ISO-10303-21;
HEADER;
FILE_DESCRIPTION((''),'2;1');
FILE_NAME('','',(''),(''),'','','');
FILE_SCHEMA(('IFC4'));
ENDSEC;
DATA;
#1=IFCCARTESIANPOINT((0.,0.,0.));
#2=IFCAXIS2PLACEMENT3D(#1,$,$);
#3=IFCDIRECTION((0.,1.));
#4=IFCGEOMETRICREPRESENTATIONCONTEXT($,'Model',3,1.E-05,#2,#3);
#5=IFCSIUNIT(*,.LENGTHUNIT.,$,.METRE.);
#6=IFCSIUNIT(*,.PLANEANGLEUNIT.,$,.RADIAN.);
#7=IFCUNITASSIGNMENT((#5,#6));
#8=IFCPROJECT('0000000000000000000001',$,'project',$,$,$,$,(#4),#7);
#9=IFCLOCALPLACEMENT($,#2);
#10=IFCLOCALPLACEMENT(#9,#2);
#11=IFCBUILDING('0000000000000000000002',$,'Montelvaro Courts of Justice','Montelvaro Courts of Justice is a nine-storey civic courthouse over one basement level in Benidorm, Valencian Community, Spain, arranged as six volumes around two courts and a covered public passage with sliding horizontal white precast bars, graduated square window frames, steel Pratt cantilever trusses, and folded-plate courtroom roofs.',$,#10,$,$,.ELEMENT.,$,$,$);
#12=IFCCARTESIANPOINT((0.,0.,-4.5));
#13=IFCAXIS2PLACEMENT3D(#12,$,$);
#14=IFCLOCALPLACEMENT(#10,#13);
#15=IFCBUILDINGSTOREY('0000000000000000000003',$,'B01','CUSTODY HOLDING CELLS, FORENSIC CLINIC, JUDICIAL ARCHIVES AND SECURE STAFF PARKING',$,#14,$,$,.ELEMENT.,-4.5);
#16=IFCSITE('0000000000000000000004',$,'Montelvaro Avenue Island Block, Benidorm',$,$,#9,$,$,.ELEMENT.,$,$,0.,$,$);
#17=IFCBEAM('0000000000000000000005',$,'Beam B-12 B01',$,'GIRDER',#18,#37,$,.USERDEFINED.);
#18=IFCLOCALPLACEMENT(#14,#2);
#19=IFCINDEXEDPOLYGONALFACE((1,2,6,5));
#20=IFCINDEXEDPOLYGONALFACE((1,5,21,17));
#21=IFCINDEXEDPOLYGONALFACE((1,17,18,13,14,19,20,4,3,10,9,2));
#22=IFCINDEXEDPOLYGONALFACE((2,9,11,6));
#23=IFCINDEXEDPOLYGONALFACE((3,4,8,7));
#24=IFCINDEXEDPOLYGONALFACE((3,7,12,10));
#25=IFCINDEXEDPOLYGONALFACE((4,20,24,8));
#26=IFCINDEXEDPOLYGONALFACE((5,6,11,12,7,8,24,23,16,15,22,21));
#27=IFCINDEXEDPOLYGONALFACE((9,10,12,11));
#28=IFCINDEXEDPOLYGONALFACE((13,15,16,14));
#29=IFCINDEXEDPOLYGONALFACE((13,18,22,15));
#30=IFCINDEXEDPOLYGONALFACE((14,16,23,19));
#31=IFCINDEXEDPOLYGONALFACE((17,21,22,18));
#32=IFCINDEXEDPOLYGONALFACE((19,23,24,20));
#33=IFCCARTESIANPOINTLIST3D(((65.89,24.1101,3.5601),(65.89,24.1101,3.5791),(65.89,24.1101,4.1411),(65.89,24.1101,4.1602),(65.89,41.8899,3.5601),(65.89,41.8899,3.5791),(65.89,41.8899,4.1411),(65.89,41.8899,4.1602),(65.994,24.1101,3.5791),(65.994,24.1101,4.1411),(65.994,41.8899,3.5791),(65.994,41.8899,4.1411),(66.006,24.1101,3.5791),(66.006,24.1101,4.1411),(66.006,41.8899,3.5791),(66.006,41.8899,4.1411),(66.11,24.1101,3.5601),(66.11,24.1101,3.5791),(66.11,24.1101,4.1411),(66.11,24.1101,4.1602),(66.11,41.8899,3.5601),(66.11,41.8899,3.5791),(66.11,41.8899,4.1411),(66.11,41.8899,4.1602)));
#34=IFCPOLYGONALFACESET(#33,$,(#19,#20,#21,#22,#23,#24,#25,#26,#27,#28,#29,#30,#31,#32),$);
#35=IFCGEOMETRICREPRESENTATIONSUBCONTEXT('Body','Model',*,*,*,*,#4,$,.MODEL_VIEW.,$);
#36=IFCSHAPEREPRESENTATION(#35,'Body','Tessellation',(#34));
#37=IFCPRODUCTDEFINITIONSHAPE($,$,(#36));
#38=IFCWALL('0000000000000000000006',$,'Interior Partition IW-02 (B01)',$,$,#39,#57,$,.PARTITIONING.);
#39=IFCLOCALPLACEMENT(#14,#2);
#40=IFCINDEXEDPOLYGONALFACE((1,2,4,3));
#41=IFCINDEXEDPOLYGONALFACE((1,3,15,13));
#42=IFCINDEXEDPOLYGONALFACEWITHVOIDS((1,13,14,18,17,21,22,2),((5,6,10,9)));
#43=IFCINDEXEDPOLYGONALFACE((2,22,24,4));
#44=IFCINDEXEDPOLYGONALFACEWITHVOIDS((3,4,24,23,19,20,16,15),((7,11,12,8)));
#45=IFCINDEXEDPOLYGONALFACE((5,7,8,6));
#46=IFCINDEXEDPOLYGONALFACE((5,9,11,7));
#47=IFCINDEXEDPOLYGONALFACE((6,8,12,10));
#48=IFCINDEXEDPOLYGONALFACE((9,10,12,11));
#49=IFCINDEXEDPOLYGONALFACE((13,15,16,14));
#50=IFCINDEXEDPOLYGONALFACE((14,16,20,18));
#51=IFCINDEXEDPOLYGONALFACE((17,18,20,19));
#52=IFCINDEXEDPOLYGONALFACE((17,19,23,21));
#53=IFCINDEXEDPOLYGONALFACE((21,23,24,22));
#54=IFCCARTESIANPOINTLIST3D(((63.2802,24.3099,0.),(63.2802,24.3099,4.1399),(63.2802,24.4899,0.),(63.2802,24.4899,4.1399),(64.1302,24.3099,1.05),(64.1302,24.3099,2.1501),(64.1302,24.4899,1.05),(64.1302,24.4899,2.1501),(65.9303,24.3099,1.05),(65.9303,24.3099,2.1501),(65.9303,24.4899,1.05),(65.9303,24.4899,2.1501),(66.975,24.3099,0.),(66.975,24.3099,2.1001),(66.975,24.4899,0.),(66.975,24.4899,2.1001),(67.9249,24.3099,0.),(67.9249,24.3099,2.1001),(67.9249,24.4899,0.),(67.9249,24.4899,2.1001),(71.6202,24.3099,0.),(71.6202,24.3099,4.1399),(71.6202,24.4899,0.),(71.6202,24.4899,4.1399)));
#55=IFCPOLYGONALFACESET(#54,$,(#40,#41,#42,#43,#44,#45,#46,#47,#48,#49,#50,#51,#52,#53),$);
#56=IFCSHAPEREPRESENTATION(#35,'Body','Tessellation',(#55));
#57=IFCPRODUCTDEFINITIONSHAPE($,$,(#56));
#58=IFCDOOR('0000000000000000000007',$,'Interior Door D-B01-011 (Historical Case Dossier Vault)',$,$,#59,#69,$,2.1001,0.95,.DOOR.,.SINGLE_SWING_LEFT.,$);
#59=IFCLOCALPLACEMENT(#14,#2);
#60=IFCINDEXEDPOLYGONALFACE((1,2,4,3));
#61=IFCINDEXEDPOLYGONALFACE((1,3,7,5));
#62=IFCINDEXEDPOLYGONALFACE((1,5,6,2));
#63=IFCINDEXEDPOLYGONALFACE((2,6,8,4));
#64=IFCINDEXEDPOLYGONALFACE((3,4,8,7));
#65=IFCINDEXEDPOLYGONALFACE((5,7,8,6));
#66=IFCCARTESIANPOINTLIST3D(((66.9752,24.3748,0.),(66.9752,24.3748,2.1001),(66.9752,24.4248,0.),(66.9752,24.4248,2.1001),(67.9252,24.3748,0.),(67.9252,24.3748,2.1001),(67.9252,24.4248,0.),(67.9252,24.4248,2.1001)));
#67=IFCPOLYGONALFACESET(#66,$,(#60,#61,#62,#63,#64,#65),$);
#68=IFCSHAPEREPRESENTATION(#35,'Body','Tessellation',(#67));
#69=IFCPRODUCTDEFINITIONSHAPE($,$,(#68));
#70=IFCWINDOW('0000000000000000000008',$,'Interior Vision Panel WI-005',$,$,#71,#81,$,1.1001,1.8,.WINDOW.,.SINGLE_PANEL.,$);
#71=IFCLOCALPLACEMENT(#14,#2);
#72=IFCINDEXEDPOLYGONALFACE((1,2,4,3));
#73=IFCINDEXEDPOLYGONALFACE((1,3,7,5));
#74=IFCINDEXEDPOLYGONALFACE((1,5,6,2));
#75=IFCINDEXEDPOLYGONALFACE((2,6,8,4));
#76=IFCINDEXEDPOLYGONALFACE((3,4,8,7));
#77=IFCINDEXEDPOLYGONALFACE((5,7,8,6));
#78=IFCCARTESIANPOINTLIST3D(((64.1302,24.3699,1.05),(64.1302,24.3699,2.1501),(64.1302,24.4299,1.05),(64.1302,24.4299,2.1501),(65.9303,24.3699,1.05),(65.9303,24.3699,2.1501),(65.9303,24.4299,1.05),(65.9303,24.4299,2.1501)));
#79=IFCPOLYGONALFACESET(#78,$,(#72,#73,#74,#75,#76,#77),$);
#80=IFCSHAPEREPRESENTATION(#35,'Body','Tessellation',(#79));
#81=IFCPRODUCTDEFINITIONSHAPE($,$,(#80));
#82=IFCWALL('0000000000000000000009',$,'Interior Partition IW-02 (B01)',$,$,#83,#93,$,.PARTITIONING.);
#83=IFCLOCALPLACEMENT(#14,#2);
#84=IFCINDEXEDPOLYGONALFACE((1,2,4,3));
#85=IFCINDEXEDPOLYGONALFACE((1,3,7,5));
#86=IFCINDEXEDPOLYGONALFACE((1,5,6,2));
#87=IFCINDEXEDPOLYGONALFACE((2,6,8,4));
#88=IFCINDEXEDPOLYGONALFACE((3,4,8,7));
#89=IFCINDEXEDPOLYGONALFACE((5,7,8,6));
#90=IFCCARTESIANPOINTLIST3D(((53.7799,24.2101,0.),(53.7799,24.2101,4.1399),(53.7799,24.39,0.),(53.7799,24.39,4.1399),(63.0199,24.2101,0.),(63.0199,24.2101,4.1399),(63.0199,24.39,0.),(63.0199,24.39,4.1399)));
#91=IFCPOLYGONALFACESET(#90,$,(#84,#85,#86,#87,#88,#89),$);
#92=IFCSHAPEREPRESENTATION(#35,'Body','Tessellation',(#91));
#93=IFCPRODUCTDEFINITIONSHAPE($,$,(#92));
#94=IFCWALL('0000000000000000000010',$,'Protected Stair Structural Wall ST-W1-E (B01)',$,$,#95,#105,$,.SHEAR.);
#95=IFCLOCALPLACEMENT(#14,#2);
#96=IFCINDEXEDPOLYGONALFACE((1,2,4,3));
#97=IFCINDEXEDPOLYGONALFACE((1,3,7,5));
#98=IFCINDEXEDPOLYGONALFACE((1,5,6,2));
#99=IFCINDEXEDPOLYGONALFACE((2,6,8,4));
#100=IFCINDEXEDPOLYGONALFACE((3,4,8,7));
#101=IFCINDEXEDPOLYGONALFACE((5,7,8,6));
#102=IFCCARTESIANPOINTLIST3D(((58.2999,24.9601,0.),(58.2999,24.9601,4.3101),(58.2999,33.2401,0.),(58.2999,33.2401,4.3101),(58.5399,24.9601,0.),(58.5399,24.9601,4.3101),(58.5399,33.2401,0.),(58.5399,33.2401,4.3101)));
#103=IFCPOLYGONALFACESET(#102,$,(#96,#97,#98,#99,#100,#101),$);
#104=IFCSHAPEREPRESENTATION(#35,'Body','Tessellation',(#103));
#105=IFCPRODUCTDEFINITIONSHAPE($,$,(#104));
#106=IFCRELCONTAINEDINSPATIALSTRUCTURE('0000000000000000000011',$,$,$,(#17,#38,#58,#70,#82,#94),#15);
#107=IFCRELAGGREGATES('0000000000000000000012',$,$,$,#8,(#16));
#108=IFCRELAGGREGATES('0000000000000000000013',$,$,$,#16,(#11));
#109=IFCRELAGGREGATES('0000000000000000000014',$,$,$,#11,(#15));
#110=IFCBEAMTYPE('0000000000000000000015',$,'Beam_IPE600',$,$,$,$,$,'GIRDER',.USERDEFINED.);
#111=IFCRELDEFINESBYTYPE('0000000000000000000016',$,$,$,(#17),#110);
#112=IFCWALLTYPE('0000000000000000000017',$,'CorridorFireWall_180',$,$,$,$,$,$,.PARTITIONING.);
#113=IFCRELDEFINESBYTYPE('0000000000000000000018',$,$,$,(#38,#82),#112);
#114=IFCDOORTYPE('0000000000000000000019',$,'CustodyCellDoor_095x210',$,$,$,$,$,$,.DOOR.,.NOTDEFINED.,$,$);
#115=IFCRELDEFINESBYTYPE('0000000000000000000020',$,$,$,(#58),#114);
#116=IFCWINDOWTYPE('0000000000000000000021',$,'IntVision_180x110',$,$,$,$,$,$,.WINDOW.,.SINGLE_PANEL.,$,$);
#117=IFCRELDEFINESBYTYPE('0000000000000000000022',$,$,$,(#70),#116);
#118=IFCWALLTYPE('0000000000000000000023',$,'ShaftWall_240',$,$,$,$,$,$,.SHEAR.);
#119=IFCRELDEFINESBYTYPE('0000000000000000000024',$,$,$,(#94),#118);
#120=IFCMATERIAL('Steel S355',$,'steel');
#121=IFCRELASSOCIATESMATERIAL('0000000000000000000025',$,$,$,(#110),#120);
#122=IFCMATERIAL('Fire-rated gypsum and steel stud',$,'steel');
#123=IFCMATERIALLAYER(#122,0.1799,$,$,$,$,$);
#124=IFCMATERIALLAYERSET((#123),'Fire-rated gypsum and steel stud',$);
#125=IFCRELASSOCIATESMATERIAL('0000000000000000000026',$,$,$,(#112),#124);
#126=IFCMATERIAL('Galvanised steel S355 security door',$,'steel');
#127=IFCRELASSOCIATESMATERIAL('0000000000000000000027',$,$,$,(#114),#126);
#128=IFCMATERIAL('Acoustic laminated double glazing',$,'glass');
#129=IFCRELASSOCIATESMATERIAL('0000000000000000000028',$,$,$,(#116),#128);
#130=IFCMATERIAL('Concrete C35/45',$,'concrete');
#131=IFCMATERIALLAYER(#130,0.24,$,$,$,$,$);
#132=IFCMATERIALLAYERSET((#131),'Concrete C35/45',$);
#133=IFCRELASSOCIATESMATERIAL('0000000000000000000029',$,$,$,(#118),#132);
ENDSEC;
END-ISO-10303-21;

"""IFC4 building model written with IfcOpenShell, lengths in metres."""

from ifc_helpers import new_model, si_unit, direction, frame, frame_2d, origin, origin_2d, place, context, subcontext, project, spatial, rectangle, i_section, extrude, material, layer, layer_set, material_profile, profile_set, type_object, element, fill, save


model = new_model("IFC4")

# Units and contexts
model_context = context("Model", 3, precision=1e-05, world=origin(), true_north=direction((0.0, 1.0)))
body_context = subcontext(model_context, "Body", "Model", "MODEL_VIEW")
ifc_project = project(units=[si_unit("LENGTHUNIT", "METRE"), si_unit("PLANEANGLEUNIT", "RADIAN")], contexts=[model_context])

# Site, building, storey
site_placement = place(None, origin())
site = spatial("IfcSite", under=ifc_project, at=site_placement, Name="Montelvaro Avenue Island Block, Benidorm", CompositionType="ELEMENT", RefElevation=0.0)
building_placement = place(site_placement, origin())
building = spatial("IfcBuilding", under=site, at=building_placement, Name="Montelvaro Courts of Justice", Description="Montelvaro Courts of Justice is a nine-storey civic courthouse over one basement level in Benidorm, Valencian Community, Spain, arranged as six volumes around two courts and a covered public passage with sliding horizontal white precast bars, graduated square window frames, steel Pratt cantilever trusses, and folded-plate courtroom roofs.", CompositionType="ELEMENT")
storey_placement = place(building_placement, frame((0.0, 0.0, -4.5)))
storey = spatial("IfcBuildingStorey", under=building, at=storey_placement, Name="B01", Description="CUSTODY HOLDING CELLS, FORENSIC CLINIC, JUDICIAL ARCHIVES AND SECURE STAFF PARKING", CompositionType="ELEMENT", Elevation=-4.5)

# Shared definitions
ifc_material_1 = material(Name="Concrete C35/45", Category="concrete")

# Beam
ifc_material_2 = material(Name="Steel S355", Category="steel")
ifc_material_profile_1 = material_profile(ifc_material_2, i_section(OverallWidth=0.22, OverallDepth=0.6001, WebThickness=0.012, FlangeThickness=0.019, at=origin_2d()), Name="IPE 600")
ifc_profile_set_1 = profile_set([ifc_material_profile_1], Name="Steel S355")
beam_type_1 = type_object("IfcBeamType", Name="Beam_IPE600", ElementType="GIRDER", PredefinedType="USERDEFINED", material=ifc_profile_set_1)
for number, where, z_axis, x_axis, name in (
    (1, (66.0, 24.1101, 3.8601), (0.0, 1.0, 0.0), (-1.0, 0.0, 0.0), "Beam B-12 B01"),
):
    element("IfcBeam", number, at=place(storey_placement, frame(where, z_axis=z_axis, x_axis=x_axis)), inside=storey, type_object=beam_type_1, Name=name, ObjectType="GIRDER", PredefinedType="USERDEFINED", context=body_context, shape_type="SweptSolid", body=[
        extrude(i_section(OverallWidth=0.22, OverallDepth=0.6001, WebThickness=0.012, FlangeThickness=0.019, at=origin_2d()), origin(), (0.0, 0.0, 1.0), 17.7798),
    ])

# Wall, openings, door, window
ifc_material_3 = material(Name="Fire-rated gypsum and steel stud", Category="steel")
ifc_layer_1 = layer(ifc_material_3, 0.1799)
ifc_layer_set_1 = layer_set([ifc_layer_1], Name="Fire-rated gypsum and steel stud")
wall_type_1 = type_object("IfcWallType", Name="CorridorFireWall_180", PredefinedType="PARTITIONING", material=ifc_layer_set_1)
wall_1_placement = place(storey_placement, frame((71.6201, 24.3999, 0.0), z_axis=(0.0, 0.0, 1.0), x_axis=(-1.0, 0.0, 0.0)))
wall_1 = element("IfcWall", 2, at=wall_1_placement, inside=storey, type_object=wall_type_1, Name="Interior Partition IW-02 (B01)", PredefinedType="PARTITIONING", context=body_context, shape_type="SweptSolid", body=[
    extrude(rectangle(XDim=8.3401, YDim=0.1799, at=frame_2d((4.1699, 0.0))), origin(), (0.0, 0.0, 1.0), 4.1399),
])
opening_1_placement = place(wall_1_placement, frame((3.6951, 0.0, 0.0)))
opening_1 = element("IfcOpeningElement", 3, at=opening_1_placement, cuts=wall_1, PredefinedType="OPENING", context=body_context, shape_type="SweptSolid", body=[
    extrude(rectangle(XDim=0.95, YDim=2.1001, at=frame_2d((0.4751, 1.05))), frame((0.0, 0.105, 0.0), z_axis=(0.0, -1.0, 0.0), x_axis=(1.0, 0.0, 0.0)), (0.0, 0.0, 1.0), 0.2097),
])
opening_2_placement = place(wall_1_placement, frame((5.6899, 0.0, 1.05)))
opening_2 = element("IfcOpeningElement", 4, at=opening_2_placement, cuts=wall_1, PredefinedType="OPENING", context=body_context, shape_type="SweptSolid", body=[
    extrude(rectangle(XDim=1.8, YDim=1.1001, at=frame_2d((0.8999, 0.55))), frame((0.0, 0.105, 0.0), z_axis=(0.0, -1.0, 0.0), x_axis=(1.0, 0.0, 0.0)), (0.0, 0.0, 1.0), 0.2097),
])
ifc_material_4 = material(Name="Galvanised steel S355 security door", Category="steel")
door_type = type_object("IfcDoorType", Name="CustodyCellDoor_095x210", OperationType="NOTDEFINED", PredefinedType="DOOR", material=ifc_material_4)
door_placement = place(opening_1_placement, frame((0.95, 0.0, 0.0), z_axis=(0.0, 0.0, 1.0), x_axis=(-1.0, 0.0, 0.0)))
door = element("IfcDoor", 5, at=door_placement, inside=storey, type_object=door_type, Name="Interior Door D-B01-011 (Historical Case Dossier Vault)", OperationType="SINGLE_SWING_LEFT", OverallHeight=2.1001, OverallWidth=0.95, PredefinedType="DOOR", context=body_context, shape_type="SweptSolid", body=[
    extrude(rectangle(XDim=0.95, YDim=2.1001, at=frame_2d((0.4751, 1.05))), frame((0.0, 0.0249, 0.0), z_axis=(0.0, -1.0, 0.0), x_axis=(1.0, 0.0, 0.0)), (0.0, 0.0, 1.0), 0.05),
])
fill(opening_1, door)
ifc_material_5 = material(Name="Acoustic laminated double glazing", Category="glass")
window_type = type_object("IfcWindowType", Name="IntVision_180x110", PartitioningType="SINGLE_PANEL", PredefinedType="WINDOW", material=ifc_material_5)
window_placement = place(opening_2_placement, origin())
window = element("IfcWindow", 6, at=window_placement, inside=storey, type_object=window_type, Name="Interior Vision Panel WI-005", OverallHeight=1.1001, OverallWidth=1.8, PartitioningType="SINGLE_PANEL", PredefinedType="WINDOW", context=body_context, shape_type="SweptSolid", body=[
    extrude(rectangle(XDim=1.8, YDim=1.1001, at=frame_2d((0.8999, 0.55))), frame((0.0, 0.03, 0.0), z_axis=(0.0, -1.0, 0.0), x_axis=(1.0, 0.0, 0.0)), (0.0, 0.0, 1.0), 0.0601),
])
fill(opening_2, window)

# Walls
wall_2_placement = place(storey_placement, frame((63.02, 24.3, 0.0), z_axis=(0.0, 0.0, 1.0), x_axis=(-1.0, 0.0, 0.0)))
element("IfcWall", 7, at=wall_2_placement, inside=storey, type_object=wall_type_1, Name="Interior Partition IW-02 (B01)", PredefinedType="PARTITIONING", context=body_context, shape_type="SweptSolid", body=[
    extrude(rectangle(XDim=9.24, YDim=0.1799, at=frame_2d((4.6201, 0.0))), origin(), (0.0, 0.0, 1.0), 4.1399),
])
ifc_layer_2 = layer(ifc_material_1, 0.24)
ifc_layer_set_2 = layer_set([ifc_layer_2], Name="Concrete C35/45")
wall_type_2 = type_object("IfcWallType", Name="ShaftWall_240", PredefinedType="SHEAR", material=ifc_layer_set_2)
wall_3_placement = place(storey_placement, frame((58.4199, 24.96, 0.0), z_axis=(0.0, 0.0, 1.0), x_axis=(0.0, 1.0, 0.0)))
element("IfcWall", 8, at=wall_3_placement, inside=storey, type_object=wall_type_2, Name="Protected Stair Structural Wall ST-W1-E (B01)", PredefinedType="SHEAR", context=body_context, shape_type="SweptSolid", body=[
    extrude(rectangle(XDim=8.28, YDim=0.24, at=frame_2d((4.1401, 0.0))), origin(), (0.0, 0.0, 1.0), 4.3101),
])

save(model, "model.ifc")
